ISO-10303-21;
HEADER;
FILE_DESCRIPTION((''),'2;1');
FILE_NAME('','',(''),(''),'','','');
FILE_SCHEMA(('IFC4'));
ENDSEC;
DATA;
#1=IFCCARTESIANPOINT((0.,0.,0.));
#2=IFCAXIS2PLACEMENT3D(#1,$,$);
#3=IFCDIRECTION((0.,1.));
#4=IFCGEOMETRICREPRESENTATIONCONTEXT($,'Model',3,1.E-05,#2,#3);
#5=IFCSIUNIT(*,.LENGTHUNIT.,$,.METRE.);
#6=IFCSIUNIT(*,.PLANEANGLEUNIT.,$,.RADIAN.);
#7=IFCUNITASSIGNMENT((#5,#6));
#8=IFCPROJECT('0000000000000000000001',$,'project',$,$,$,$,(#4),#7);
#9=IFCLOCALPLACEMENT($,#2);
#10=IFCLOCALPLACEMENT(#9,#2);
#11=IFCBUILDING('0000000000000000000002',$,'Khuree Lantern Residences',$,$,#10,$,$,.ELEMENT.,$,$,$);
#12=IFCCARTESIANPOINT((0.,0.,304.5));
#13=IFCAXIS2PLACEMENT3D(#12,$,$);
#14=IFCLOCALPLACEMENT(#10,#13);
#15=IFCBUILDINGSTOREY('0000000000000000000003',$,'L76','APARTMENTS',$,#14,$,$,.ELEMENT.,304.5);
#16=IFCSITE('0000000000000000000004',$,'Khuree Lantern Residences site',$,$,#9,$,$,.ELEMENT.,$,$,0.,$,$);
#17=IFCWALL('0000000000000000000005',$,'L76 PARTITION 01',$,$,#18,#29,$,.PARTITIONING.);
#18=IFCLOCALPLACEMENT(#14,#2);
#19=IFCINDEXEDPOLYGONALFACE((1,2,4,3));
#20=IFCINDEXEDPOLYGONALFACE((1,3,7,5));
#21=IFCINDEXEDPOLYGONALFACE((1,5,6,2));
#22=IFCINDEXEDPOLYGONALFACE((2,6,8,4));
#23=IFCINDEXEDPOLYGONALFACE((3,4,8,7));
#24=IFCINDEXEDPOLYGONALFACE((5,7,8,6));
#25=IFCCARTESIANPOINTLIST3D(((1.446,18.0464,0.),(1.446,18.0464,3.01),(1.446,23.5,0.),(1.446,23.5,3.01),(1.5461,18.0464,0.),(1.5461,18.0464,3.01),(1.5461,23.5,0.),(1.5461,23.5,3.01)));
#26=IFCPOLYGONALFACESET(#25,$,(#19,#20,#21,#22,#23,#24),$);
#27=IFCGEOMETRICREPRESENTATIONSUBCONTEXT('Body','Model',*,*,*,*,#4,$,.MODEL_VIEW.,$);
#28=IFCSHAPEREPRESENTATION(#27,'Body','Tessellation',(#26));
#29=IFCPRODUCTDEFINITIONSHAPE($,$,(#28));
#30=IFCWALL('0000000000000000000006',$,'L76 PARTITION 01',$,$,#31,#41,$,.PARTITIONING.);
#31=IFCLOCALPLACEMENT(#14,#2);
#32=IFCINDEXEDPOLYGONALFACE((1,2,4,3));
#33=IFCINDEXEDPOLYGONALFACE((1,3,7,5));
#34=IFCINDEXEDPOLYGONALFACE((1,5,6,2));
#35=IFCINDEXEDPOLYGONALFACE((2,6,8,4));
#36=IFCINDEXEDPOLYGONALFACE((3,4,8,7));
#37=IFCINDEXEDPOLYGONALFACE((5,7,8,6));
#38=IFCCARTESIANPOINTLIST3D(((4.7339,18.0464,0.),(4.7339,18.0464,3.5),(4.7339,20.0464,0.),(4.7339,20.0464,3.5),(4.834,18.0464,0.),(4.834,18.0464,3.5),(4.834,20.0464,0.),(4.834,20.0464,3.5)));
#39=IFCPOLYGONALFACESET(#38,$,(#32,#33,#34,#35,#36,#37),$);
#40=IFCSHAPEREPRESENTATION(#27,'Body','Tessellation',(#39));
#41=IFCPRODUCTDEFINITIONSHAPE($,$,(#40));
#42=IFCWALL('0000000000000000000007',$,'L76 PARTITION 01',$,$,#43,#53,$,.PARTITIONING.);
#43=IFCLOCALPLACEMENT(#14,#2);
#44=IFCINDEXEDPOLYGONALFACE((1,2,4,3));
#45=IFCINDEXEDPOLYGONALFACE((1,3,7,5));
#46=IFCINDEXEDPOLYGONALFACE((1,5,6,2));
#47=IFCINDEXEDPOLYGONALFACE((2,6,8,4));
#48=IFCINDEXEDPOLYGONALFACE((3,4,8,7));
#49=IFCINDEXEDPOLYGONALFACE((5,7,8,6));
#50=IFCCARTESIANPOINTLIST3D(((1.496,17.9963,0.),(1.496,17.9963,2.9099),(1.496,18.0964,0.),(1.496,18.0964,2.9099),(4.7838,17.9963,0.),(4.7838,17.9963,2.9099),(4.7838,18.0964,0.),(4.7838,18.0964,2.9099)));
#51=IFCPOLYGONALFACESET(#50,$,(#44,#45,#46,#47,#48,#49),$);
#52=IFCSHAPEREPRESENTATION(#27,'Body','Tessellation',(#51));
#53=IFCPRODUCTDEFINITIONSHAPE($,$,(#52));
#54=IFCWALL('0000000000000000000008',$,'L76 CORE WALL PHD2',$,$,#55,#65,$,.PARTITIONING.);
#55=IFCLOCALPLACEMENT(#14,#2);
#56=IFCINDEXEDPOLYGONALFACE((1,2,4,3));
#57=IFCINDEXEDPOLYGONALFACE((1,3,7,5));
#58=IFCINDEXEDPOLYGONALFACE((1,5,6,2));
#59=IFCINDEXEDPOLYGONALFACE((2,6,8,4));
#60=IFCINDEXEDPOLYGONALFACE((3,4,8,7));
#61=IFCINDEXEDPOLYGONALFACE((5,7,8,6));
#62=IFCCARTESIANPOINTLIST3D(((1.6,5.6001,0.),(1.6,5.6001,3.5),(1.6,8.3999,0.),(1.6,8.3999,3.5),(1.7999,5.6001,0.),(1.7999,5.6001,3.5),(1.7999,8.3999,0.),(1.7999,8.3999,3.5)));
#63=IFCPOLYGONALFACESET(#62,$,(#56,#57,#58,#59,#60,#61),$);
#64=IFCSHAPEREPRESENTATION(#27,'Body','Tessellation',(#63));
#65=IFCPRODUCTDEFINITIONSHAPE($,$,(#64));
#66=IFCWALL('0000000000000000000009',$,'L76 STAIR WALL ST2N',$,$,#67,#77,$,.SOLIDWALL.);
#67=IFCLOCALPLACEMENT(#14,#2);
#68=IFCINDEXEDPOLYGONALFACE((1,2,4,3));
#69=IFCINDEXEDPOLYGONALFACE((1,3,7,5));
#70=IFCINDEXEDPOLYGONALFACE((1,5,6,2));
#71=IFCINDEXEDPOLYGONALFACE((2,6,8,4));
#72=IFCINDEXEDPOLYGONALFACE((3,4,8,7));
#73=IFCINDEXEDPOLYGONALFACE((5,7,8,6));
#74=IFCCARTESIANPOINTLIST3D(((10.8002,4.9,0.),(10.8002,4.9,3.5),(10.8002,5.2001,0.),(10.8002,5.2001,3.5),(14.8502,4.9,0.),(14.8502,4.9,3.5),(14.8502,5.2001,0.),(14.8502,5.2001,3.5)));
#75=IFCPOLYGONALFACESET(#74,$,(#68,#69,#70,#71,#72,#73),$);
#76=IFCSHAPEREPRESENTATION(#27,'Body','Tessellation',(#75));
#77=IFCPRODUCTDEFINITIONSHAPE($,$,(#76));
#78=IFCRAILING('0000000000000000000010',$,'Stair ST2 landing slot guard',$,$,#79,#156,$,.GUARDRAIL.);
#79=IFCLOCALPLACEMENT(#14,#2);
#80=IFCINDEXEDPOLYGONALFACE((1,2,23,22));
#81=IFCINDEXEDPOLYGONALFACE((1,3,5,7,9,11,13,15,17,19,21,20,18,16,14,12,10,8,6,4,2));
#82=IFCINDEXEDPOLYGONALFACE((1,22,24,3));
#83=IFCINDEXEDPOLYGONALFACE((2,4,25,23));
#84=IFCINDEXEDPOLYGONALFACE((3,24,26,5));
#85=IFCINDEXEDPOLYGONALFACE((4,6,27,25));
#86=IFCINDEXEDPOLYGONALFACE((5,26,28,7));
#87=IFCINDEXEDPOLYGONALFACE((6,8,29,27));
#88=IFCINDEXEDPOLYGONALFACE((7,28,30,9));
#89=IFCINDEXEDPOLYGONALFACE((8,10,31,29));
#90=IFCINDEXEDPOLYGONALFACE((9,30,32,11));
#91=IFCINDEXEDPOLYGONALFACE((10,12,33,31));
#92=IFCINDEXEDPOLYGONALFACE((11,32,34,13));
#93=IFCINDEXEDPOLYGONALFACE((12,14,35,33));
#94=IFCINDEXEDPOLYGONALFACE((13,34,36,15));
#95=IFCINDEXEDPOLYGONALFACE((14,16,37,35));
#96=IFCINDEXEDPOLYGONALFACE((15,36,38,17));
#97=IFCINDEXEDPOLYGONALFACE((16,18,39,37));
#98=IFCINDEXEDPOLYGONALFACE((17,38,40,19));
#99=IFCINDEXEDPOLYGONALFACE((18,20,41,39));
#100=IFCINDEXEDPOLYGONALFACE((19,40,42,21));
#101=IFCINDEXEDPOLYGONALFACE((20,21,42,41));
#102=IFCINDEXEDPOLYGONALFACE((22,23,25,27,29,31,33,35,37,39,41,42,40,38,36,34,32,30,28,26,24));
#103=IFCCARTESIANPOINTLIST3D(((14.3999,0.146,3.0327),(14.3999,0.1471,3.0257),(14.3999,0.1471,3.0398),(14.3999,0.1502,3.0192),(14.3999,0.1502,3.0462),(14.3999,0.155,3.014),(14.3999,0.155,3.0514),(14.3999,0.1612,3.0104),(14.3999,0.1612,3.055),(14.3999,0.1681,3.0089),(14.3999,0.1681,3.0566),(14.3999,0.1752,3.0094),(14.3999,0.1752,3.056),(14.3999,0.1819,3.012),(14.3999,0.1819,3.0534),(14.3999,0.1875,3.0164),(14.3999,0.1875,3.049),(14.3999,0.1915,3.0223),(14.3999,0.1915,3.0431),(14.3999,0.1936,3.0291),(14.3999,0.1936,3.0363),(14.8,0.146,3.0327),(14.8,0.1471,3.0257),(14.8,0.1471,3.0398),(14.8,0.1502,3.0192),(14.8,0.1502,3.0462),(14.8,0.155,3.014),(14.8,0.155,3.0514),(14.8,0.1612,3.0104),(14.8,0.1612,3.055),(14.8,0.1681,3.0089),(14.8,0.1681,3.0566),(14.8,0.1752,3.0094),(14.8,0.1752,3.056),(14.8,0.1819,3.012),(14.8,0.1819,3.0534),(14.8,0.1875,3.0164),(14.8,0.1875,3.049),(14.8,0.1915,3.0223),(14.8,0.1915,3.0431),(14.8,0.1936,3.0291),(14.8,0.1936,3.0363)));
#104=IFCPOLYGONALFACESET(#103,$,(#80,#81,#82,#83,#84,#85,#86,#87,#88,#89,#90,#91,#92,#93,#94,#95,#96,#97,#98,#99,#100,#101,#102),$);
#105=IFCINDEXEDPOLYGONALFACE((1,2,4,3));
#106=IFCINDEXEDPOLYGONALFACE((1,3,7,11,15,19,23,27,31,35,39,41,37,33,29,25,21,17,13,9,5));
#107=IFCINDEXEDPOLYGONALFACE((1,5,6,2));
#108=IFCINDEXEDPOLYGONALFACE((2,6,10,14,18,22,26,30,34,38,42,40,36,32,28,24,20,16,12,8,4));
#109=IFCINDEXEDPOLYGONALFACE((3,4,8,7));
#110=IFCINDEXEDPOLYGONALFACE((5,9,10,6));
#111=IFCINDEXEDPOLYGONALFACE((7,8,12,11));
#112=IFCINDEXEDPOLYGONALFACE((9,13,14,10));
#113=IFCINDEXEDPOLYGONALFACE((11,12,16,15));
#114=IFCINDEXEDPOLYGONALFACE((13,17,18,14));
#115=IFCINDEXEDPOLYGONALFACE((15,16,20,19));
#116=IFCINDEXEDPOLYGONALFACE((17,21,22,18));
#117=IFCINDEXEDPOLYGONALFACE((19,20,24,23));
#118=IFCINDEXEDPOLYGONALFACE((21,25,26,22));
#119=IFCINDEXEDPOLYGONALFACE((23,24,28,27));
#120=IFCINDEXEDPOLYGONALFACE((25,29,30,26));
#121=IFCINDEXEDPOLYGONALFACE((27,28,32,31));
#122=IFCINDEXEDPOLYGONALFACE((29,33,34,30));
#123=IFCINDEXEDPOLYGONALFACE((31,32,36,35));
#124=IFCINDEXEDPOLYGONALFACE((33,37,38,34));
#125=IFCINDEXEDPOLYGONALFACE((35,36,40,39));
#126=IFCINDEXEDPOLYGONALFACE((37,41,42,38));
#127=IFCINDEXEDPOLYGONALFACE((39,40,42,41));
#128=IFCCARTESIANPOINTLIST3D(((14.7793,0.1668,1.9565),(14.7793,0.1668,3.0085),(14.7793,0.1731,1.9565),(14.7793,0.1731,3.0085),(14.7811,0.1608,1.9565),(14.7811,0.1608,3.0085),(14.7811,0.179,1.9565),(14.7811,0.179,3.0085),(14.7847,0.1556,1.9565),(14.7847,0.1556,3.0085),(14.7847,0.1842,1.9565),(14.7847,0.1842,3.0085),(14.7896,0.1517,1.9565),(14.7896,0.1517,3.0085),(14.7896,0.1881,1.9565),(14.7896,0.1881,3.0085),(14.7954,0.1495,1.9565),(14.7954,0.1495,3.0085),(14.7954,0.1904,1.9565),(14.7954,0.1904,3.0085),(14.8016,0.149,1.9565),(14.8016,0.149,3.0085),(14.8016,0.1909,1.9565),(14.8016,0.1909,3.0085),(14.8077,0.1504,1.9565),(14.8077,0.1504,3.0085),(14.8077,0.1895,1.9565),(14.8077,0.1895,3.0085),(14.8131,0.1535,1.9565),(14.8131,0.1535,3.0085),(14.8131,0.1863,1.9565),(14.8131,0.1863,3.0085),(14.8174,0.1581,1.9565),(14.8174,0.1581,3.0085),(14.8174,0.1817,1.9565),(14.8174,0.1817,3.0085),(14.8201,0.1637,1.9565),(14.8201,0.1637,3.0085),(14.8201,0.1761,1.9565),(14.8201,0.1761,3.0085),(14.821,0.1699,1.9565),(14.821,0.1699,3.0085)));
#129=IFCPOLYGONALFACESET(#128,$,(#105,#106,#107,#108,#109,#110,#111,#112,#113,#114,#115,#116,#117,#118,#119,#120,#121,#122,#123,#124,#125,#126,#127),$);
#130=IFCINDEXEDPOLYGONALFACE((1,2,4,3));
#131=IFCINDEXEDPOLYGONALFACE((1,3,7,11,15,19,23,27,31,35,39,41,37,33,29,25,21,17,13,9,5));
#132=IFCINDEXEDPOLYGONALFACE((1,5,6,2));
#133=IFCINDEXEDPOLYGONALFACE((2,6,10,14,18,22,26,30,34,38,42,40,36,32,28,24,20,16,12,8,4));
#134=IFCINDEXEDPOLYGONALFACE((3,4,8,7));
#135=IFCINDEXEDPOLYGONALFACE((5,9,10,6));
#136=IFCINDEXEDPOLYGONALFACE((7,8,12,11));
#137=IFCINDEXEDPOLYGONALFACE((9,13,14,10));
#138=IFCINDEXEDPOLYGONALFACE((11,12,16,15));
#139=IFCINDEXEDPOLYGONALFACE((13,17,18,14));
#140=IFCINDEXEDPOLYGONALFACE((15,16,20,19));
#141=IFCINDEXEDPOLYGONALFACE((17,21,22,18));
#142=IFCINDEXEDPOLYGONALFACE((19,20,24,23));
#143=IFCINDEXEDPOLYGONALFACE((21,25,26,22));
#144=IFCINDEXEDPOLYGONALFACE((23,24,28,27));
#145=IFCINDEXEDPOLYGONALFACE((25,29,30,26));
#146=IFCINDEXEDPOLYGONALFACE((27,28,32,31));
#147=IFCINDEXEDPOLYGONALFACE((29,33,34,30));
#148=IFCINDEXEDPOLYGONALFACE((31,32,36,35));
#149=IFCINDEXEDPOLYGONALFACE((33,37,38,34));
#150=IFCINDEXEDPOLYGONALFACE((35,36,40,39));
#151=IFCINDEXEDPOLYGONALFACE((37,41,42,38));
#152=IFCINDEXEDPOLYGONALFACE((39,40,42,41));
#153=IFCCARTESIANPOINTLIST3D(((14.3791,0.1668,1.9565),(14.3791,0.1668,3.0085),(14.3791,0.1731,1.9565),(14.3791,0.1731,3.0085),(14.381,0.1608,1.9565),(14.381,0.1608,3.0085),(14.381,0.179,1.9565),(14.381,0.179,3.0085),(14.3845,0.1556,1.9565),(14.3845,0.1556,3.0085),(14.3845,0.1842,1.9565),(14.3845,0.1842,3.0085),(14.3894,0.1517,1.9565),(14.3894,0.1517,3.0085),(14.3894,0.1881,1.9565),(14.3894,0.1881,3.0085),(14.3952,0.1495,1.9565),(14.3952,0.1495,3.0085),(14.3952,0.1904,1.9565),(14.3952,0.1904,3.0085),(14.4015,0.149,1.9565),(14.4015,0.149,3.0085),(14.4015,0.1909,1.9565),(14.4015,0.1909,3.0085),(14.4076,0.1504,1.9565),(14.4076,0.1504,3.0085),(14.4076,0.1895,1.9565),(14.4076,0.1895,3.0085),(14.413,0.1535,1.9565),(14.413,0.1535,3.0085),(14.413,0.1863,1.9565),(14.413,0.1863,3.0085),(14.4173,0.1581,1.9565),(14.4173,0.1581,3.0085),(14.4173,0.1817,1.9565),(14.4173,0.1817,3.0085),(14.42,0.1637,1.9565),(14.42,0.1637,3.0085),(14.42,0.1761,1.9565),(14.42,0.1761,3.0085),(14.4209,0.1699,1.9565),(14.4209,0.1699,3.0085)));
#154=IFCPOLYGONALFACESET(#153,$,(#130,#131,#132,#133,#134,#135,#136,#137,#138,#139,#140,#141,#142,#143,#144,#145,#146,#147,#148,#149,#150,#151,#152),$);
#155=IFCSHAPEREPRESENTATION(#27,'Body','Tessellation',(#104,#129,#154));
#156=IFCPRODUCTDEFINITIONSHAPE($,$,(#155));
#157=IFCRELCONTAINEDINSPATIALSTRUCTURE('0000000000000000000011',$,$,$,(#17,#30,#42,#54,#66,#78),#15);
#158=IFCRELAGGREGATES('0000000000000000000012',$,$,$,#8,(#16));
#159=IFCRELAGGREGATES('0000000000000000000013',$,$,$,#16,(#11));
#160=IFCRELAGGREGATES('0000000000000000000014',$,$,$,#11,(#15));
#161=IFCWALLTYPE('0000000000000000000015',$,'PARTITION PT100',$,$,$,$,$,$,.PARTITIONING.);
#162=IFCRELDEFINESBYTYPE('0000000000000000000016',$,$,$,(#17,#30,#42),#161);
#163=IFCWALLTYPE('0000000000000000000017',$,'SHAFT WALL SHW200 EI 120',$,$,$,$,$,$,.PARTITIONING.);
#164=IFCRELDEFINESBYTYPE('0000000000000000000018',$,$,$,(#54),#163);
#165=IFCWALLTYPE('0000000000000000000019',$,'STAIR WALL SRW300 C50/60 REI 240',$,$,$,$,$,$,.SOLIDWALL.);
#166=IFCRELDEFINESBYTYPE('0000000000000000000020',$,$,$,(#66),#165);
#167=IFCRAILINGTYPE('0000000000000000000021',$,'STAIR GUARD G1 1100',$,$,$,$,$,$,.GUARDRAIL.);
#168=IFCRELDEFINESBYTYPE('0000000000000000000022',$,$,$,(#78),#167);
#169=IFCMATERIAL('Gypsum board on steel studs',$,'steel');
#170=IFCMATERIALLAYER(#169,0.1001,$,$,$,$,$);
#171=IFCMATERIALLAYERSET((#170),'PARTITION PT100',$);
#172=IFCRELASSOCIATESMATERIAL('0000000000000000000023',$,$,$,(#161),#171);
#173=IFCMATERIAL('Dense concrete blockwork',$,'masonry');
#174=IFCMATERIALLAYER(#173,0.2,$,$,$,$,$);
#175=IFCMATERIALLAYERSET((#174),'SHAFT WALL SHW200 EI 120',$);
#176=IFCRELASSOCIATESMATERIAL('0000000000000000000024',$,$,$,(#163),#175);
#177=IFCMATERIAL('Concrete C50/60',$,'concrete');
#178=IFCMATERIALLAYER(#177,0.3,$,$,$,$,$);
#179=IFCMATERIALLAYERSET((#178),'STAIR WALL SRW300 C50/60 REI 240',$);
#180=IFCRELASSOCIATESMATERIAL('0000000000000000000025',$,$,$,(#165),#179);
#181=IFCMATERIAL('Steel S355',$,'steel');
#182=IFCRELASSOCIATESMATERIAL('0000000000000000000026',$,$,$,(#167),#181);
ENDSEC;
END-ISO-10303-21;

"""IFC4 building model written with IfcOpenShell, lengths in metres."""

from ifc_helpers import new_model, si_unit, direction, frame, frame_2d, origin, origin_2d, place, context, subcontext, project, spatial, rectangle, circle, extrude, material, layer, layer_set, type_object, element, save


model = new_model("IFC4")

# Units and contexts
model_context = context("Model", 3, precision=1e-05, world=origin(), true_north=direction((0.0, 1.0)))
body_context = subcontext(model_context, "Body", "Model", "MODEL_VIEW")
ifc_project = project(units=[si_unit("LENGTHUNIT", "METRE"), si_unit("PLANEANGLEUNIT", "RADIAN")], contexts=[model_context])

# Site, building, storey
site_placement = place(None, origin())
site = spatial("IfcSite", under=ifc_project, at=site_placement, Name="Khuree Lantern Residences site", CompositionType="ELEMENT", RefElevation=0.0)
building_placement = place(site_placement, origin())
building = spatial("IfcBuilding", under=site, at=building_placement, Name="Khuree Lantern Residences", CompositionType="ELEMENT")
storey_placement = place(building_placement, frame((0.0, 0.0, 304.5)))
storey = spatial("IfcBuildingStorey", under=building, at=storey_placement, Name="L76", Description="APARTMENTS", CompositionType="ELEMENT", Elevation=304.5)

# Shared definitions
ifc_material_1 = material(Name="Concrete C50/60", Category="concrete")

# Walls
ifc_material_2 = material(Name="Dense concrete blockwork", Category="masonry")
ifc_material_3 = material(Name="Gypsum board on steel studs", Category="steel")
ifc_layer_1 = layer(ifc_material_3, 0.1001)
ifc_layer_set_1 = layer_set([ifc_layer_1], Name="PARTITION PT100")
wall_type_1 = type_object("IfcWallType", Name="PARTITION PT100", PredefinedType="PARTITIONING", material=ifc_layer_set_1)
for number, where, z_axis, x_axis, name in (
    (1, (1.4961, 18.0464, 0.0), (0.0, 0.0, 1.0), (0.0, 1.0, 0.0), "L76 PARTITION 01"),
):
    element("IfcWall", number, at=place(storey_placement, frame(where, z_axis=z_axis, x_axis=x_axis)), inside=storey, type_object=wall_type_1, Name=name, PredefinedType="PARTITIONING", context=body_context, shape_type="SweptSolid", body=[
        extrude(rectangle(XDim=5.4536, YDim=0.1001, at=frame_2d((2.7268, 0.0))), origin(), (0.0, 0.0, 1.0), 3.01),
    ])
wall_1_placement = place(storey_placement, frame((4.7839, 18.0464, 0.0), z_axis=(0.0, 0.0, 1.0), x_axis=(0.0, 1.0, 0.0)))
element("IfcWall", 2, at=wall_1_placement, inside=storey, type_object=wall_type_1, Name="L76 PARTITION 01", PredefinedType="PARTITIONING", context=body_context, shape_type="SweptSolid", body=[
    extrude(rectangle(XDim=2.0, YDim=0.1001, at=frame_2d((1.0, 0.0))), origin(), (0.0, 0.0, 1.0), 3.5),
])
wall_2_placement = place(storey_placement, frame((4.7839, 18.0464, 0.0), z_axis=(0.0, 0.0, 1.0), x_axis=(-1.0, 0.0, 0.0)))
element("IfcWall", 3, at=wall_2_placement, inside=storey, type_object=wall_type_1, Name="L76 PARTITION 01", PredefinedType="PARTITIONING", context=body_context, shape_type="SweptSolid", body=[
    extrude(rectangle(XDim=3.2878, YDim=0.1001, at=frame_2d((1.644, 0.0))), origin(), (0.0, 0.0, 1.0), 2.9099),
])
ifc_layer_2 = layer(ifc_material_2, 0.2)
ifc_layer_set_2 = layer_set([ifc_layer_2], Name="SHAFT WALL SHW200 EI 120")
wall_type_2 = type_object("IfcWallType", Name="SHAFT WALL SHW200 EI 120", PredefinedType="PARTITIONING", material=ifc_layer_set_2)
wall_3_placement = place(storey_placement, frame((1.7, 5.6001, 0.0), z_axis=(0.0, 0.0, 1.0), x_axis=(0.0, 1.0, 0.0)))
element("IfcWall", 4, at=wall_3_placement, inside=storey, type_object=wall_type_2, Name="L76 CORE WALL PHD2", PredefinedType="PARTITIONING", context=body_context, shape_type="SweptSolid", body=[
    extrude(rectangle(XDim=2.7998, YDim=0.2, at=frame_2d((1.3999, 0.0))), origin(), (0.0, 0.0, 1.0), 3.5),
])
ifc_layer_3 = layer(ifc_material_1, 0.3)
ifc_layer_set_3 = layer_set([ifc_layer_3], Name="STAIR WALL SRW300 C50/60 REI 240")
wall_type_3 = type_object("IfcWallType", Name="STAIR WALL SRW300 C50/60 REI 240", PredefinedType="SOLIDWALL", material=ifc_layer_set_3)
wall_4_placement = place(storey_placement, frame((14.8501, 5.05, 0.0), z_axis=(0.0, 0.0, 1.0), x_axis=(-1.0, 0.0, 0.0)))
element("IfcWall", 5, at=wall_4_placement, inside=storey, type_object=wall_type_3, Name="L76 STAIR WALL ST2N", PredefinedType="SOLIDWALL", context=body_context, shape_type="SweptSolid", body=[
    extrude(rectangle(XDim=4.05, YDim=0.3, at=frame_2d((2.0249, 0.0))), origin(), (0.0, 0.0, 1.0), 3.5),
])

# Railing
ifc_material_4 = material(Name="Steel S355", Category="steel")
railing_type = type_object("IfcRailingType", Name="STAIR GUARD G1 1100", PredefinedType="GUARDRAIL", material=ifc_material_4)
railing_placement = place(storey_placement, frame((14.8, 0.1699, 1.9565)))
element("IfcRailing", 6, at=railing_placement, inside=storey, type_object=railing_type, Name="Stair ST2 landing slot guard", PredefinedType="GUARDRAIL", context=body_context, shape_type="SweptSolid", body=[
    extrude(circle(Radius=0.0239, at=origin_2d()), frame((0.0, 0.0, 1.0762), z_axis=(-1.0, 0.0, 0.0), x_axis=(0.0, -1.0, 0.0)), (0.0, 0.0, 1.0), 0.4001),
    extrude(circle(Radius=0.021, at=origin_2d()), origin(), (0.0, 0.0, 1.0), 1.052),
    extrude(circle(Radius=0.021, at=origin_2d()), frame((-0.4001, 0.0, 0.0)), (0.0, 0.0, 1.0), 1.052),
])

save(model, "model.ifc")
